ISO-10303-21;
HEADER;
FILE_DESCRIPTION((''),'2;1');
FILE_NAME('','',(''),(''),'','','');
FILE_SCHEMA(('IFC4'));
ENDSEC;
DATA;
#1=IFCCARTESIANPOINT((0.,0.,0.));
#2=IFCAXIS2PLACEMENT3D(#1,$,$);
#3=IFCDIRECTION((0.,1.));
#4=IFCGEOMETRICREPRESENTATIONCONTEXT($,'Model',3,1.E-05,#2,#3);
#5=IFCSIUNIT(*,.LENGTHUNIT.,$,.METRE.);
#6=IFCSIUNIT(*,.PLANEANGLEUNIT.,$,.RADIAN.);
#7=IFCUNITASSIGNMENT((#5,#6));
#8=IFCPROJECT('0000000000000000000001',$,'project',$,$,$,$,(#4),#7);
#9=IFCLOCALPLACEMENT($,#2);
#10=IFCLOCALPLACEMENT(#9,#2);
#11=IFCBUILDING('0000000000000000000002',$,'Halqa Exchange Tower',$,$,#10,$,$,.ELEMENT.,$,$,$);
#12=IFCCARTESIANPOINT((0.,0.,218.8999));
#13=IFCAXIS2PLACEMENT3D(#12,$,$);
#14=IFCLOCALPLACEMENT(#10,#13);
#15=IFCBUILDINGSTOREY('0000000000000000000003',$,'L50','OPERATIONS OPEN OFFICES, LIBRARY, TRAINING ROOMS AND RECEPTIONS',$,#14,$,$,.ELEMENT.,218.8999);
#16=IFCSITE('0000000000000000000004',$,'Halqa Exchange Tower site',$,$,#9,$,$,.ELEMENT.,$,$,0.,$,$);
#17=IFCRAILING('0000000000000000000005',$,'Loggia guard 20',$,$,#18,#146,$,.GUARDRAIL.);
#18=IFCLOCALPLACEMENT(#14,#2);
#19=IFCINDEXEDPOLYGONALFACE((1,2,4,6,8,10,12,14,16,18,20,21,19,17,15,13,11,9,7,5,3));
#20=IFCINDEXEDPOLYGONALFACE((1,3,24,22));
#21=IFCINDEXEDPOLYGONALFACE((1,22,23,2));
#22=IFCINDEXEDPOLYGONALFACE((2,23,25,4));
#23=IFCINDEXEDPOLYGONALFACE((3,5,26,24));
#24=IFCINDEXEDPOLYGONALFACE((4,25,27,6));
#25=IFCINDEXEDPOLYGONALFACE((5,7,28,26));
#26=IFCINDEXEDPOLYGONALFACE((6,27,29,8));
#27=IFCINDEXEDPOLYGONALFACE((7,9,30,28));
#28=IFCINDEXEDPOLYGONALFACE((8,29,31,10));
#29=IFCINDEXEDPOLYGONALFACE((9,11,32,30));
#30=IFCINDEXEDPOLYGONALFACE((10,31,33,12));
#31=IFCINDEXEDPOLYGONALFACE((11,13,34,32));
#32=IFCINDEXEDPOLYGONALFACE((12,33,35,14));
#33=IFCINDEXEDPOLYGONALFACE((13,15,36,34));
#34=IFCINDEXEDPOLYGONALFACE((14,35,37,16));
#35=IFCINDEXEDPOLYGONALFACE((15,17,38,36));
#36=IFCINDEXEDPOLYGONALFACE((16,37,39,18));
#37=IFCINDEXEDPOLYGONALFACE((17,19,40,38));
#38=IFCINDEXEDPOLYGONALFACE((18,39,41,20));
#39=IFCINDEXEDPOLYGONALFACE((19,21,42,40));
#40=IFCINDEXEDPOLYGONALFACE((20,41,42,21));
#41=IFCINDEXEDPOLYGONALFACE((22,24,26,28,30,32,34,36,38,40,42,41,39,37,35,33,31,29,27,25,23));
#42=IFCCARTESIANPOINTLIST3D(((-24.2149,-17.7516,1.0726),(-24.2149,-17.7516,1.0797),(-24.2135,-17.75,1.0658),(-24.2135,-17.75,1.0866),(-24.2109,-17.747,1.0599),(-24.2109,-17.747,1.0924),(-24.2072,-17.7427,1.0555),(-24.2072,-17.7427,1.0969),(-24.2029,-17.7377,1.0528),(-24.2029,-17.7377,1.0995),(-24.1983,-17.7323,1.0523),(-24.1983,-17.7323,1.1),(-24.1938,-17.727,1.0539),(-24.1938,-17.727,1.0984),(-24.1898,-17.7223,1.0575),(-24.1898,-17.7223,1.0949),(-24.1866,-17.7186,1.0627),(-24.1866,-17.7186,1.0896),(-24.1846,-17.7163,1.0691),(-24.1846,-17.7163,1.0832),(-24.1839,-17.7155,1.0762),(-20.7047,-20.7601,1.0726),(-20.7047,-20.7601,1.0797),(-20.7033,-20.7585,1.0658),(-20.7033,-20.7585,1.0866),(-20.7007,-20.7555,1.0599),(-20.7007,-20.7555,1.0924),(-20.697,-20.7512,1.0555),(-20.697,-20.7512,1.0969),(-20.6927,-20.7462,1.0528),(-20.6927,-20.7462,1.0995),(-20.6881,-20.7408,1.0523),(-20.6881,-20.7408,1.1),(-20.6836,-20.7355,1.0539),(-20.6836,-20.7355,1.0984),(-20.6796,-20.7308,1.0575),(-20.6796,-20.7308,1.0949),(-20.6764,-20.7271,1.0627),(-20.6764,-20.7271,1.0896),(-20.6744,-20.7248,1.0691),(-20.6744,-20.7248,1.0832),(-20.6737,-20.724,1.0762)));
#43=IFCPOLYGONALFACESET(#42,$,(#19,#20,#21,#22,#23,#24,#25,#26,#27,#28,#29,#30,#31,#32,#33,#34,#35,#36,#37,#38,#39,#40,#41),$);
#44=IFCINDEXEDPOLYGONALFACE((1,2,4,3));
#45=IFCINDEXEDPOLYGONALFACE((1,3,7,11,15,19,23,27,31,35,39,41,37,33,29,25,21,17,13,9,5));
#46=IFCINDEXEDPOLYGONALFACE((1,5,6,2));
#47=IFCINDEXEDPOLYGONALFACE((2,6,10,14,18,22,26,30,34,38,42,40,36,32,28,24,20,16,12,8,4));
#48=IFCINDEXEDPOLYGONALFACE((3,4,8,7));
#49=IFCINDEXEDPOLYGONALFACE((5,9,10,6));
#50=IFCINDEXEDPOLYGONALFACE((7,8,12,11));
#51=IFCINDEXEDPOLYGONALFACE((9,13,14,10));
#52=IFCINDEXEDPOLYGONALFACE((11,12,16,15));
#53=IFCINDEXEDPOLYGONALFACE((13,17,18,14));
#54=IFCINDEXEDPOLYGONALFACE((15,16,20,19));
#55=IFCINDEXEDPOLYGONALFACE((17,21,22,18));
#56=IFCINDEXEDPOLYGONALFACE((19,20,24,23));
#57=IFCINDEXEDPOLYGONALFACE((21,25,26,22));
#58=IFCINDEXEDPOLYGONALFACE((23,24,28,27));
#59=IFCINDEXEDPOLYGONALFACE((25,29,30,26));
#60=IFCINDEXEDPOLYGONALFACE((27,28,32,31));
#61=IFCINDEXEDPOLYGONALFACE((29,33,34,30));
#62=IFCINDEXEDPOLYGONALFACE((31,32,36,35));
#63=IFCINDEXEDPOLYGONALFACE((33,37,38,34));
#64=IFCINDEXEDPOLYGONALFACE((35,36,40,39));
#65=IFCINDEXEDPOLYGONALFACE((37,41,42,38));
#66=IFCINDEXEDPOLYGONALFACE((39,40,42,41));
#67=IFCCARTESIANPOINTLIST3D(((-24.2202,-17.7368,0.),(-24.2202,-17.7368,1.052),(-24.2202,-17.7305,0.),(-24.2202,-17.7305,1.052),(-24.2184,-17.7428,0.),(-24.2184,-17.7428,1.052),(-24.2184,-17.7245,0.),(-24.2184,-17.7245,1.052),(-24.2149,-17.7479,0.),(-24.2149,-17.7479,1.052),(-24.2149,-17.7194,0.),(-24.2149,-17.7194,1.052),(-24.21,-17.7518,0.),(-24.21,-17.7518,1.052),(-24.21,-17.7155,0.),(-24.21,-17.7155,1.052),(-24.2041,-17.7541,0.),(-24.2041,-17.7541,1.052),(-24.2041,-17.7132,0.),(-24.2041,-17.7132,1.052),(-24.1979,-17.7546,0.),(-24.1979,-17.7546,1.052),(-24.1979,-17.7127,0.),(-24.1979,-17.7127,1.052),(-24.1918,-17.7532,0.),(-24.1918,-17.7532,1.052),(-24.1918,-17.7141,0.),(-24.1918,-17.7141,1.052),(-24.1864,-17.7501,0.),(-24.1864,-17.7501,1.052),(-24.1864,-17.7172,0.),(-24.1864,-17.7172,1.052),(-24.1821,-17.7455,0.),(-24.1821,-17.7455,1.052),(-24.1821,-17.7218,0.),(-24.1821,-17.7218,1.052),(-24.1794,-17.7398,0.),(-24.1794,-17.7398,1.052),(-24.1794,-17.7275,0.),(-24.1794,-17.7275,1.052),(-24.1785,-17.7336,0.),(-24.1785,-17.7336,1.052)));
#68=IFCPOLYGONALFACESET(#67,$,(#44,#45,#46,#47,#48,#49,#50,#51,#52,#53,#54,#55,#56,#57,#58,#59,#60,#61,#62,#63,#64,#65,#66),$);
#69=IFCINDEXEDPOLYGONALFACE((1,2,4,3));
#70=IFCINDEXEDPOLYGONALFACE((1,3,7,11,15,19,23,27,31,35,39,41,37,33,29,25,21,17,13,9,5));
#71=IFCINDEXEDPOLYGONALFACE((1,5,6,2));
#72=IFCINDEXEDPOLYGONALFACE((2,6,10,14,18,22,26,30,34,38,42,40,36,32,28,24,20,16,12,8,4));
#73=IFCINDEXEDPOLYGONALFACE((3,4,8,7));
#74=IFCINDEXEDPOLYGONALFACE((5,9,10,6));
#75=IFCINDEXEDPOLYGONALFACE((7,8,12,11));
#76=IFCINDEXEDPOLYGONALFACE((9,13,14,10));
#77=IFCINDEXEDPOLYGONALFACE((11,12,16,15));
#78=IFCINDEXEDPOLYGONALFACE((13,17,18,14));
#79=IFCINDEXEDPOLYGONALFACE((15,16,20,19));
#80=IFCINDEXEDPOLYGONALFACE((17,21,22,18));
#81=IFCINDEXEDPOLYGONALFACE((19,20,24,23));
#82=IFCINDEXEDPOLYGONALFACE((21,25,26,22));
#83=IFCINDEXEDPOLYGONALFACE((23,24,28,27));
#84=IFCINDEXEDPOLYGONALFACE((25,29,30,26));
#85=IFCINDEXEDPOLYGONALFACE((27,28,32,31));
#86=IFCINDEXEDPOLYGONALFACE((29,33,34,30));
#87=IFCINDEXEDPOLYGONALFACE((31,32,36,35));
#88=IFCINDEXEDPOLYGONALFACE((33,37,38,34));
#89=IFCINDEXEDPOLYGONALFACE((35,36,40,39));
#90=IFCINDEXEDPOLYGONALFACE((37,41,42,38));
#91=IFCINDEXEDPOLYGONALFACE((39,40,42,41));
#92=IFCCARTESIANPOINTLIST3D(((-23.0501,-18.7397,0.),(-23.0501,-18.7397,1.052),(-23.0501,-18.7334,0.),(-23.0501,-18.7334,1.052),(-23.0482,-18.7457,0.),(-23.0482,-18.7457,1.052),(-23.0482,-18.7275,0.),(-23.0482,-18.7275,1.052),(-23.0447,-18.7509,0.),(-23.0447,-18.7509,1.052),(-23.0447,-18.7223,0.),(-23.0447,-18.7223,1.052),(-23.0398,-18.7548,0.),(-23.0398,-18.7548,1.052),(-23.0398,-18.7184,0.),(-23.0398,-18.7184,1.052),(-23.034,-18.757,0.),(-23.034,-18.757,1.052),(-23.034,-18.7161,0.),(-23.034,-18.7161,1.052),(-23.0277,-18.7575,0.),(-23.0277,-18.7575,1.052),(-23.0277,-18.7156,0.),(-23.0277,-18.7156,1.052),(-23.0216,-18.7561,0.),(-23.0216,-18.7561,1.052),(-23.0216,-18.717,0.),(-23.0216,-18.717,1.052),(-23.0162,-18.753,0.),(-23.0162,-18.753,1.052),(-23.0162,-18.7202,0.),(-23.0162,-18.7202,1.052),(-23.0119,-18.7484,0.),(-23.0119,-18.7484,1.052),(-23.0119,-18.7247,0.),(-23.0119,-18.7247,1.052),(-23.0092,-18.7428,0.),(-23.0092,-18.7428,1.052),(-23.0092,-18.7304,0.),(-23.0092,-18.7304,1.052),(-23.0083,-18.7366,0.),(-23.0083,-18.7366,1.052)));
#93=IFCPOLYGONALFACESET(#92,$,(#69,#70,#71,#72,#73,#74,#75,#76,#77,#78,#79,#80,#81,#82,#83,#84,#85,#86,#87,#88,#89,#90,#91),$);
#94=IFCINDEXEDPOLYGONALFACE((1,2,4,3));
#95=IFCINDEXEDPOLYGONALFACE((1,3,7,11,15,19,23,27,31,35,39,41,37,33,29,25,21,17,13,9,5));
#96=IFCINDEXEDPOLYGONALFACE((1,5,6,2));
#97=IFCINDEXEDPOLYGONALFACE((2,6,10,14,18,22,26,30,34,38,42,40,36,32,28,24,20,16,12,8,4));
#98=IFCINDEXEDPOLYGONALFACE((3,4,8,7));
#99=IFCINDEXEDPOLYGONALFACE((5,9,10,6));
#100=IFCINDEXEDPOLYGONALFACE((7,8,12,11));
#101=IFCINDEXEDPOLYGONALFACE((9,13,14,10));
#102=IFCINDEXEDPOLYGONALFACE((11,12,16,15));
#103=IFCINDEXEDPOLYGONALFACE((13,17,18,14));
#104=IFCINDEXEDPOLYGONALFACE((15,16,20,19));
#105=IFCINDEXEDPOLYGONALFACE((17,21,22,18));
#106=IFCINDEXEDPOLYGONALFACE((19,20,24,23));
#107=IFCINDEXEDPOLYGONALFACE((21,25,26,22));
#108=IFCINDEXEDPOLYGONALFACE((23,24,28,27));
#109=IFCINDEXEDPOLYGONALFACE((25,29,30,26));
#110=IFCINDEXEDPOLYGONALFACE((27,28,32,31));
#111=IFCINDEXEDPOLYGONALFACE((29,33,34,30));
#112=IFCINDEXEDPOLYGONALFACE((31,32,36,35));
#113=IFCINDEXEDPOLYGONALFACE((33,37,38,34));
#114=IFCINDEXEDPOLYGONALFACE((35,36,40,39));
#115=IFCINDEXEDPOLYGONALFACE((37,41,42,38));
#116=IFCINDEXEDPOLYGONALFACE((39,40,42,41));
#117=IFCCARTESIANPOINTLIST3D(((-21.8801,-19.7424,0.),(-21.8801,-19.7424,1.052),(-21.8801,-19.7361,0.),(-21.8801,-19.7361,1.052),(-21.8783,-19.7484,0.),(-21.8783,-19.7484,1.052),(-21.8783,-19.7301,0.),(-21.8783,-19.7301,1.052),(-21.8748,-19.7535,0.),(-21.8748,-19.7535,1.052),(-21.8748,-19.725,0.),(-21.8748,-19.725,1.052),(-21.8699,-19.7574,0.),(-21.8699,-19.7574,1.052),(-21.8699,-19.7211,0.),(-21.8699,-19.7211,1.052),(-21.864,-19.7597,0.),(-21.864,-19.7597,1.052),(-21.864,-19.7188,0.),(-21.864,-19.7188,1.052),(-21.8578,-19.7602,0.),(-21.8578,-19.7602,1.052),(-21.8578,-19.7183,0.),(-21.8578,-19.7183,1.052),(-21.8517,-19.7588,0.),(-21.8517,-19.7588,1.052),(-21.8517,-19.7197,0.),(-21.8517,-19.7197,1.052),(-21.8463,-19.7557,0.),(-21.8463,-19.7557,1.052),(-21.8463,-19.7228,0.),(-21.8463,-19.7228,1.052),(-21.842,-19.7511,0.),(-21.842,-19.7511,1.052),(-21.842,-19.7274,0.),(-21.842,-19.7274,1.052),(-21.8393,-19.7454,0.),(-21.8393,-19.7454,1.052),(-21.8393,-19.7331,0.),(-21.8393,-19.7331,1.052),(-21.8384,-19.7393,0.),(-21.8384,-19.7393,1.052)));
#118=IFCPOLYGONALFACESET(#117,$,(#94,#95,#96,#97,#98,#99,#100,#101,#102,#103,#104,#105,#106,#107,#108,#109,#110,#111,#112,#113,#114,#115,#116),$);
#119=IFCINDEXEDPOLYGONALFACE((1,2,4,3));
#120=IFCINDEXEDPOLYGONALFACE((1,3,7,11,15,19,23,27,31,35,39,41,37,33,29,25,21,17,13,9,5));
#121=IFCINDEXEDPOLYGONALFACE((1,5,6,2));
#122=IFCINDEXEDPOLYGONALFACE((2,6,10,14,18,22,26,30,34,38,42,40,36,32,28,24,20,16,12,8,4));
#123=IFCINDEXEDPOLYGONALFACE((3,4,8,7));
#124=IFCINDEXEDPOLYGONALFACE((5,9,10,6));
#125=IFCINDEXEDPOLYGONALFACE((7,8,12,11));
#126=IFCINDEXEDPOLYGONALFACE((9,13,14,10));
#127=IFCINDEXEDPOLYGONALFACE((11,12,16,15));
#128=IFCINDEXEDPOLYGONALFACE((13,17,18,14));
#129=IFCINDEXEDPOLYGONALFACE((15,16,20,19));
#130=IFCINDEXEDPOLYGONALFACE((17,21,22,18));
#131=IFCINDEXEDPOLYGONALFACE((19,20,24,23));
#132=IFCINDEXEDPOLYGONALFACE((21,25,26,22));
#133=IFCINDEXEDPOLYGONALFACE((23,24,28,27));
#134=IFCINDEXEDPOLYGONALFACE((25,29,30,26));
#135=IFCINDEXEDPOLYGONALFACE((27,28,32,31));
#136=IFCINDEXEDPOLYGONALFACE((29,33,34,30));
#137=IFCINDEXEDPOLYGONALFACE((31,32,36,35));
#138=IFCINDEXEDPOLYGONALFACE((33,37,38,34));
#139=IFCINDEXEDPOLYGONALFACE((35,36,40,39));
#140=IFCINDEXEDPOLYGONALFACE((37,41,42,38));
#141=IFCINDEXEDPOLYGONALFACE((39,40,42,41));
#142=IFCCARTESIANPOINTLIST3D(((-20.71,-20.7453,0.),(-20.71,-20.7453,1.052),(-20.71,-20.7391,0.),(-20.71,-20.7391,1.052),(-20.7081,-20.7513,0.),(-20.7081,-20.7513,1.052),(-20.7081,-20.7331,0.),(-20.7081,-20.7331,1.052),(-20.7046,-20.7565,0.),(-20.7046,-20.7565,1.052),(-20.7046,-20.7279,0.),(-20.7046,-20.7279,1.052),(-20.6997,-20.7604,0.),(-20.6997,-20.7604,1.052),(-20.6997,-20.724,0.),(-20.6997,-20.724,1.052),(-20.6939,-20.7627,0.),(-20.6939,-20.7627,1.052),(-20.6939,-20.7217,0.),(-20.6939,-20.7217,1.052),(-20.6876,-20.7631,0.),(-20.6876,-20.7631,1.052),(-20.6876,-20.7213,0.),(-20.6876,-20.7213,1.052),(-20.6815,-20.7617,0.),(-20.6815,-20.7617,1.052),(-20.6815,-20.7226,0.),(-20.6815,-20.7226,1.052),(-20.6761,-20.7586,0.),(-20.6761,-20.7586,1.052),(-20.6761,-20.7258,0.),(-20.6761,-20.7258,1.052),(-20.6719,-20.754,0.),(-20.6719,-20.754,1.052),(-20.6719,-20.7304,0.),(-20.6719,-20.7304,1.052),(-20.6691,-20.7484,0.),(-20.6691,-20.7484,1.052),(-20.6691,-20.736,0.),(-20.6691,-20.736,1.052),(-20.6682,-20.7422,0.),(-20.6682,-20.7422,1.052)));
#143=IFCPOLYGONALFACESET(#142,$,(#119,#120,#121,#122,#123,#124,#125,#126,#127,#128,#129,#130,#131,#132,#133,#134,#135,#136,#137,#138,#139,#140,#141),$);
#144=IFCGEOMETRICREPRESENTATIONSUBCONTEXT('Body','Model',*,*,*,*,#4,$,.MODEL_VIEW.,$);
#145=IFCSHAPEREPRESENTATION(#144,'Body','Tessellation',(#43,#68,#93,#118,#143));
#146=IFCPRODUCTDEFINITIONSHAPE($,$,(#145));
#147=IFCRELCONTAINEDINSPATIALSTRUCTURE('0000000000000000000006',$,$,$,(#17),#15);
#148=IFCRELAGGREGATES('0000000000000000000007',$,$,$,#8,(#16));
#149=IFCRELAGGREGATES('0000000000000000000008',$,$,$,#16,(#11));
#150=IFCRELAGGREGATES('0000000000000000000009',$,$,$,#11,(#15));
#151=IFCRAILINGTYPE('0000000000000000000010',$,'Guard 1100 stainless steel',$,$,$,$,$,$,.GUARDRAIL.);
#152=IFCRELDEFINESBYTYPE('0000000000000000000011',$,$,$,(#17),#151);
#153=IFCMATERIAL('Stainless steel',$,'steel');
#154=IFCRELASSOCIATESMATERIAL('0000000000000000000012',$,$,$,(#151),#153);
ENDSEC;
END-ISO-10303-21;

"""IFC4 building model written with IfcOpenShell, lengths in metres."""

from ifc_helpers import new_model, si_unit, direction, frame, origin, origin_2d, place, context, subcontext, project, spatial, circle, extrude, material, type_object, element, save


model = new_model("IFC4")

# Units and contexts
model_context = context("Model", 3, precision=1e-05, world=origin(), true_north=direction((0.0, 1.0)))
body_context = subcontext(model_context, "Body", "Model", "MODEL_VIEW")
ifc_project = project(units=[si_unit("LENGTHUNIT", "METRE"), si_unit("PLANEANGLEUNIT", "RADIAN")], contexts=[model_context])

# Site, building, storey
site_placement = place(None, origin())
site = spatial("IfcSite", under=ifc_project, at=site_placement, Name="Halqa Exchange Tower site", CompositionType="ELEMENT", RefElevation=0.0)
building_placement = place(site_placement, origin())
building = spatial("IfcBuilding", under=site, at=building_placement, Name="Halqa Exchange Tower", CompositionType="ELEMENT")
storey_placement = place(building_placement, frame((0.0, 0.0, 218.8999)))
storey = spatial("IfcBuildingStorey", under=building, at=storey_placement, Name="L50", Description="OPERATIONS OPEN OFFICES, LIBRARY, TRAINING ROOMS AND RECEPTIONS", CompositionType="ELEMENT", Elevation=218.8999)

# Railing
ifc_material_1 = material(Name="Stainless steel", Category="steel")
railing_type = type_object("IfcRailingType", Name="Guard 1100 stainless steel", PredefinedType="GUARDRAIL", material=ifc_material_1)
railing_1_placement = place(storey_placement, frame((-24.1995, -17.7336, 0.0)))
element("IfcRailing", 1, at=railing_1_placement, inside=storey, type_object=railing_type, Name="Loggia guard 20", PredefinedType="GUARDRAIL", context=body_context, shape_type="SweptSolid", body=[
    extrude(circle(Radius=0.0239, at=origin_2d()), frame((0.0, 0.0, 1.0762), z_axis=(0.759283, -0.650761, 0.0), x_axis=(0.650761, 0.759283, 0.0)), (0.0, 0.0, 1.0), 4.623),
    extrude(circle(Radius=0.021, at=origin_2d()), origin(), (0.0, 0.0, 1.0), 1.052),
    extrude(circle(Radius=0.021, at=origin_2d()), frame((1.1702, -1.0029, 0.0)), (0.0, 0.0, 1.0), 1.052),
    extrude(circle(Radius=0.021, at=origin_2d()), frame((2.3401, -2.0056, 0.0)), (0.0, 0.0, 1.0), 1.052),
    extrude(circle(Radius=0.021, at=origin_2d()), frame((3.5103, -3.0085, 0.0)), (0.0, 0.0, 1.0), 1.052),
])

save(model, "model.ifc")
